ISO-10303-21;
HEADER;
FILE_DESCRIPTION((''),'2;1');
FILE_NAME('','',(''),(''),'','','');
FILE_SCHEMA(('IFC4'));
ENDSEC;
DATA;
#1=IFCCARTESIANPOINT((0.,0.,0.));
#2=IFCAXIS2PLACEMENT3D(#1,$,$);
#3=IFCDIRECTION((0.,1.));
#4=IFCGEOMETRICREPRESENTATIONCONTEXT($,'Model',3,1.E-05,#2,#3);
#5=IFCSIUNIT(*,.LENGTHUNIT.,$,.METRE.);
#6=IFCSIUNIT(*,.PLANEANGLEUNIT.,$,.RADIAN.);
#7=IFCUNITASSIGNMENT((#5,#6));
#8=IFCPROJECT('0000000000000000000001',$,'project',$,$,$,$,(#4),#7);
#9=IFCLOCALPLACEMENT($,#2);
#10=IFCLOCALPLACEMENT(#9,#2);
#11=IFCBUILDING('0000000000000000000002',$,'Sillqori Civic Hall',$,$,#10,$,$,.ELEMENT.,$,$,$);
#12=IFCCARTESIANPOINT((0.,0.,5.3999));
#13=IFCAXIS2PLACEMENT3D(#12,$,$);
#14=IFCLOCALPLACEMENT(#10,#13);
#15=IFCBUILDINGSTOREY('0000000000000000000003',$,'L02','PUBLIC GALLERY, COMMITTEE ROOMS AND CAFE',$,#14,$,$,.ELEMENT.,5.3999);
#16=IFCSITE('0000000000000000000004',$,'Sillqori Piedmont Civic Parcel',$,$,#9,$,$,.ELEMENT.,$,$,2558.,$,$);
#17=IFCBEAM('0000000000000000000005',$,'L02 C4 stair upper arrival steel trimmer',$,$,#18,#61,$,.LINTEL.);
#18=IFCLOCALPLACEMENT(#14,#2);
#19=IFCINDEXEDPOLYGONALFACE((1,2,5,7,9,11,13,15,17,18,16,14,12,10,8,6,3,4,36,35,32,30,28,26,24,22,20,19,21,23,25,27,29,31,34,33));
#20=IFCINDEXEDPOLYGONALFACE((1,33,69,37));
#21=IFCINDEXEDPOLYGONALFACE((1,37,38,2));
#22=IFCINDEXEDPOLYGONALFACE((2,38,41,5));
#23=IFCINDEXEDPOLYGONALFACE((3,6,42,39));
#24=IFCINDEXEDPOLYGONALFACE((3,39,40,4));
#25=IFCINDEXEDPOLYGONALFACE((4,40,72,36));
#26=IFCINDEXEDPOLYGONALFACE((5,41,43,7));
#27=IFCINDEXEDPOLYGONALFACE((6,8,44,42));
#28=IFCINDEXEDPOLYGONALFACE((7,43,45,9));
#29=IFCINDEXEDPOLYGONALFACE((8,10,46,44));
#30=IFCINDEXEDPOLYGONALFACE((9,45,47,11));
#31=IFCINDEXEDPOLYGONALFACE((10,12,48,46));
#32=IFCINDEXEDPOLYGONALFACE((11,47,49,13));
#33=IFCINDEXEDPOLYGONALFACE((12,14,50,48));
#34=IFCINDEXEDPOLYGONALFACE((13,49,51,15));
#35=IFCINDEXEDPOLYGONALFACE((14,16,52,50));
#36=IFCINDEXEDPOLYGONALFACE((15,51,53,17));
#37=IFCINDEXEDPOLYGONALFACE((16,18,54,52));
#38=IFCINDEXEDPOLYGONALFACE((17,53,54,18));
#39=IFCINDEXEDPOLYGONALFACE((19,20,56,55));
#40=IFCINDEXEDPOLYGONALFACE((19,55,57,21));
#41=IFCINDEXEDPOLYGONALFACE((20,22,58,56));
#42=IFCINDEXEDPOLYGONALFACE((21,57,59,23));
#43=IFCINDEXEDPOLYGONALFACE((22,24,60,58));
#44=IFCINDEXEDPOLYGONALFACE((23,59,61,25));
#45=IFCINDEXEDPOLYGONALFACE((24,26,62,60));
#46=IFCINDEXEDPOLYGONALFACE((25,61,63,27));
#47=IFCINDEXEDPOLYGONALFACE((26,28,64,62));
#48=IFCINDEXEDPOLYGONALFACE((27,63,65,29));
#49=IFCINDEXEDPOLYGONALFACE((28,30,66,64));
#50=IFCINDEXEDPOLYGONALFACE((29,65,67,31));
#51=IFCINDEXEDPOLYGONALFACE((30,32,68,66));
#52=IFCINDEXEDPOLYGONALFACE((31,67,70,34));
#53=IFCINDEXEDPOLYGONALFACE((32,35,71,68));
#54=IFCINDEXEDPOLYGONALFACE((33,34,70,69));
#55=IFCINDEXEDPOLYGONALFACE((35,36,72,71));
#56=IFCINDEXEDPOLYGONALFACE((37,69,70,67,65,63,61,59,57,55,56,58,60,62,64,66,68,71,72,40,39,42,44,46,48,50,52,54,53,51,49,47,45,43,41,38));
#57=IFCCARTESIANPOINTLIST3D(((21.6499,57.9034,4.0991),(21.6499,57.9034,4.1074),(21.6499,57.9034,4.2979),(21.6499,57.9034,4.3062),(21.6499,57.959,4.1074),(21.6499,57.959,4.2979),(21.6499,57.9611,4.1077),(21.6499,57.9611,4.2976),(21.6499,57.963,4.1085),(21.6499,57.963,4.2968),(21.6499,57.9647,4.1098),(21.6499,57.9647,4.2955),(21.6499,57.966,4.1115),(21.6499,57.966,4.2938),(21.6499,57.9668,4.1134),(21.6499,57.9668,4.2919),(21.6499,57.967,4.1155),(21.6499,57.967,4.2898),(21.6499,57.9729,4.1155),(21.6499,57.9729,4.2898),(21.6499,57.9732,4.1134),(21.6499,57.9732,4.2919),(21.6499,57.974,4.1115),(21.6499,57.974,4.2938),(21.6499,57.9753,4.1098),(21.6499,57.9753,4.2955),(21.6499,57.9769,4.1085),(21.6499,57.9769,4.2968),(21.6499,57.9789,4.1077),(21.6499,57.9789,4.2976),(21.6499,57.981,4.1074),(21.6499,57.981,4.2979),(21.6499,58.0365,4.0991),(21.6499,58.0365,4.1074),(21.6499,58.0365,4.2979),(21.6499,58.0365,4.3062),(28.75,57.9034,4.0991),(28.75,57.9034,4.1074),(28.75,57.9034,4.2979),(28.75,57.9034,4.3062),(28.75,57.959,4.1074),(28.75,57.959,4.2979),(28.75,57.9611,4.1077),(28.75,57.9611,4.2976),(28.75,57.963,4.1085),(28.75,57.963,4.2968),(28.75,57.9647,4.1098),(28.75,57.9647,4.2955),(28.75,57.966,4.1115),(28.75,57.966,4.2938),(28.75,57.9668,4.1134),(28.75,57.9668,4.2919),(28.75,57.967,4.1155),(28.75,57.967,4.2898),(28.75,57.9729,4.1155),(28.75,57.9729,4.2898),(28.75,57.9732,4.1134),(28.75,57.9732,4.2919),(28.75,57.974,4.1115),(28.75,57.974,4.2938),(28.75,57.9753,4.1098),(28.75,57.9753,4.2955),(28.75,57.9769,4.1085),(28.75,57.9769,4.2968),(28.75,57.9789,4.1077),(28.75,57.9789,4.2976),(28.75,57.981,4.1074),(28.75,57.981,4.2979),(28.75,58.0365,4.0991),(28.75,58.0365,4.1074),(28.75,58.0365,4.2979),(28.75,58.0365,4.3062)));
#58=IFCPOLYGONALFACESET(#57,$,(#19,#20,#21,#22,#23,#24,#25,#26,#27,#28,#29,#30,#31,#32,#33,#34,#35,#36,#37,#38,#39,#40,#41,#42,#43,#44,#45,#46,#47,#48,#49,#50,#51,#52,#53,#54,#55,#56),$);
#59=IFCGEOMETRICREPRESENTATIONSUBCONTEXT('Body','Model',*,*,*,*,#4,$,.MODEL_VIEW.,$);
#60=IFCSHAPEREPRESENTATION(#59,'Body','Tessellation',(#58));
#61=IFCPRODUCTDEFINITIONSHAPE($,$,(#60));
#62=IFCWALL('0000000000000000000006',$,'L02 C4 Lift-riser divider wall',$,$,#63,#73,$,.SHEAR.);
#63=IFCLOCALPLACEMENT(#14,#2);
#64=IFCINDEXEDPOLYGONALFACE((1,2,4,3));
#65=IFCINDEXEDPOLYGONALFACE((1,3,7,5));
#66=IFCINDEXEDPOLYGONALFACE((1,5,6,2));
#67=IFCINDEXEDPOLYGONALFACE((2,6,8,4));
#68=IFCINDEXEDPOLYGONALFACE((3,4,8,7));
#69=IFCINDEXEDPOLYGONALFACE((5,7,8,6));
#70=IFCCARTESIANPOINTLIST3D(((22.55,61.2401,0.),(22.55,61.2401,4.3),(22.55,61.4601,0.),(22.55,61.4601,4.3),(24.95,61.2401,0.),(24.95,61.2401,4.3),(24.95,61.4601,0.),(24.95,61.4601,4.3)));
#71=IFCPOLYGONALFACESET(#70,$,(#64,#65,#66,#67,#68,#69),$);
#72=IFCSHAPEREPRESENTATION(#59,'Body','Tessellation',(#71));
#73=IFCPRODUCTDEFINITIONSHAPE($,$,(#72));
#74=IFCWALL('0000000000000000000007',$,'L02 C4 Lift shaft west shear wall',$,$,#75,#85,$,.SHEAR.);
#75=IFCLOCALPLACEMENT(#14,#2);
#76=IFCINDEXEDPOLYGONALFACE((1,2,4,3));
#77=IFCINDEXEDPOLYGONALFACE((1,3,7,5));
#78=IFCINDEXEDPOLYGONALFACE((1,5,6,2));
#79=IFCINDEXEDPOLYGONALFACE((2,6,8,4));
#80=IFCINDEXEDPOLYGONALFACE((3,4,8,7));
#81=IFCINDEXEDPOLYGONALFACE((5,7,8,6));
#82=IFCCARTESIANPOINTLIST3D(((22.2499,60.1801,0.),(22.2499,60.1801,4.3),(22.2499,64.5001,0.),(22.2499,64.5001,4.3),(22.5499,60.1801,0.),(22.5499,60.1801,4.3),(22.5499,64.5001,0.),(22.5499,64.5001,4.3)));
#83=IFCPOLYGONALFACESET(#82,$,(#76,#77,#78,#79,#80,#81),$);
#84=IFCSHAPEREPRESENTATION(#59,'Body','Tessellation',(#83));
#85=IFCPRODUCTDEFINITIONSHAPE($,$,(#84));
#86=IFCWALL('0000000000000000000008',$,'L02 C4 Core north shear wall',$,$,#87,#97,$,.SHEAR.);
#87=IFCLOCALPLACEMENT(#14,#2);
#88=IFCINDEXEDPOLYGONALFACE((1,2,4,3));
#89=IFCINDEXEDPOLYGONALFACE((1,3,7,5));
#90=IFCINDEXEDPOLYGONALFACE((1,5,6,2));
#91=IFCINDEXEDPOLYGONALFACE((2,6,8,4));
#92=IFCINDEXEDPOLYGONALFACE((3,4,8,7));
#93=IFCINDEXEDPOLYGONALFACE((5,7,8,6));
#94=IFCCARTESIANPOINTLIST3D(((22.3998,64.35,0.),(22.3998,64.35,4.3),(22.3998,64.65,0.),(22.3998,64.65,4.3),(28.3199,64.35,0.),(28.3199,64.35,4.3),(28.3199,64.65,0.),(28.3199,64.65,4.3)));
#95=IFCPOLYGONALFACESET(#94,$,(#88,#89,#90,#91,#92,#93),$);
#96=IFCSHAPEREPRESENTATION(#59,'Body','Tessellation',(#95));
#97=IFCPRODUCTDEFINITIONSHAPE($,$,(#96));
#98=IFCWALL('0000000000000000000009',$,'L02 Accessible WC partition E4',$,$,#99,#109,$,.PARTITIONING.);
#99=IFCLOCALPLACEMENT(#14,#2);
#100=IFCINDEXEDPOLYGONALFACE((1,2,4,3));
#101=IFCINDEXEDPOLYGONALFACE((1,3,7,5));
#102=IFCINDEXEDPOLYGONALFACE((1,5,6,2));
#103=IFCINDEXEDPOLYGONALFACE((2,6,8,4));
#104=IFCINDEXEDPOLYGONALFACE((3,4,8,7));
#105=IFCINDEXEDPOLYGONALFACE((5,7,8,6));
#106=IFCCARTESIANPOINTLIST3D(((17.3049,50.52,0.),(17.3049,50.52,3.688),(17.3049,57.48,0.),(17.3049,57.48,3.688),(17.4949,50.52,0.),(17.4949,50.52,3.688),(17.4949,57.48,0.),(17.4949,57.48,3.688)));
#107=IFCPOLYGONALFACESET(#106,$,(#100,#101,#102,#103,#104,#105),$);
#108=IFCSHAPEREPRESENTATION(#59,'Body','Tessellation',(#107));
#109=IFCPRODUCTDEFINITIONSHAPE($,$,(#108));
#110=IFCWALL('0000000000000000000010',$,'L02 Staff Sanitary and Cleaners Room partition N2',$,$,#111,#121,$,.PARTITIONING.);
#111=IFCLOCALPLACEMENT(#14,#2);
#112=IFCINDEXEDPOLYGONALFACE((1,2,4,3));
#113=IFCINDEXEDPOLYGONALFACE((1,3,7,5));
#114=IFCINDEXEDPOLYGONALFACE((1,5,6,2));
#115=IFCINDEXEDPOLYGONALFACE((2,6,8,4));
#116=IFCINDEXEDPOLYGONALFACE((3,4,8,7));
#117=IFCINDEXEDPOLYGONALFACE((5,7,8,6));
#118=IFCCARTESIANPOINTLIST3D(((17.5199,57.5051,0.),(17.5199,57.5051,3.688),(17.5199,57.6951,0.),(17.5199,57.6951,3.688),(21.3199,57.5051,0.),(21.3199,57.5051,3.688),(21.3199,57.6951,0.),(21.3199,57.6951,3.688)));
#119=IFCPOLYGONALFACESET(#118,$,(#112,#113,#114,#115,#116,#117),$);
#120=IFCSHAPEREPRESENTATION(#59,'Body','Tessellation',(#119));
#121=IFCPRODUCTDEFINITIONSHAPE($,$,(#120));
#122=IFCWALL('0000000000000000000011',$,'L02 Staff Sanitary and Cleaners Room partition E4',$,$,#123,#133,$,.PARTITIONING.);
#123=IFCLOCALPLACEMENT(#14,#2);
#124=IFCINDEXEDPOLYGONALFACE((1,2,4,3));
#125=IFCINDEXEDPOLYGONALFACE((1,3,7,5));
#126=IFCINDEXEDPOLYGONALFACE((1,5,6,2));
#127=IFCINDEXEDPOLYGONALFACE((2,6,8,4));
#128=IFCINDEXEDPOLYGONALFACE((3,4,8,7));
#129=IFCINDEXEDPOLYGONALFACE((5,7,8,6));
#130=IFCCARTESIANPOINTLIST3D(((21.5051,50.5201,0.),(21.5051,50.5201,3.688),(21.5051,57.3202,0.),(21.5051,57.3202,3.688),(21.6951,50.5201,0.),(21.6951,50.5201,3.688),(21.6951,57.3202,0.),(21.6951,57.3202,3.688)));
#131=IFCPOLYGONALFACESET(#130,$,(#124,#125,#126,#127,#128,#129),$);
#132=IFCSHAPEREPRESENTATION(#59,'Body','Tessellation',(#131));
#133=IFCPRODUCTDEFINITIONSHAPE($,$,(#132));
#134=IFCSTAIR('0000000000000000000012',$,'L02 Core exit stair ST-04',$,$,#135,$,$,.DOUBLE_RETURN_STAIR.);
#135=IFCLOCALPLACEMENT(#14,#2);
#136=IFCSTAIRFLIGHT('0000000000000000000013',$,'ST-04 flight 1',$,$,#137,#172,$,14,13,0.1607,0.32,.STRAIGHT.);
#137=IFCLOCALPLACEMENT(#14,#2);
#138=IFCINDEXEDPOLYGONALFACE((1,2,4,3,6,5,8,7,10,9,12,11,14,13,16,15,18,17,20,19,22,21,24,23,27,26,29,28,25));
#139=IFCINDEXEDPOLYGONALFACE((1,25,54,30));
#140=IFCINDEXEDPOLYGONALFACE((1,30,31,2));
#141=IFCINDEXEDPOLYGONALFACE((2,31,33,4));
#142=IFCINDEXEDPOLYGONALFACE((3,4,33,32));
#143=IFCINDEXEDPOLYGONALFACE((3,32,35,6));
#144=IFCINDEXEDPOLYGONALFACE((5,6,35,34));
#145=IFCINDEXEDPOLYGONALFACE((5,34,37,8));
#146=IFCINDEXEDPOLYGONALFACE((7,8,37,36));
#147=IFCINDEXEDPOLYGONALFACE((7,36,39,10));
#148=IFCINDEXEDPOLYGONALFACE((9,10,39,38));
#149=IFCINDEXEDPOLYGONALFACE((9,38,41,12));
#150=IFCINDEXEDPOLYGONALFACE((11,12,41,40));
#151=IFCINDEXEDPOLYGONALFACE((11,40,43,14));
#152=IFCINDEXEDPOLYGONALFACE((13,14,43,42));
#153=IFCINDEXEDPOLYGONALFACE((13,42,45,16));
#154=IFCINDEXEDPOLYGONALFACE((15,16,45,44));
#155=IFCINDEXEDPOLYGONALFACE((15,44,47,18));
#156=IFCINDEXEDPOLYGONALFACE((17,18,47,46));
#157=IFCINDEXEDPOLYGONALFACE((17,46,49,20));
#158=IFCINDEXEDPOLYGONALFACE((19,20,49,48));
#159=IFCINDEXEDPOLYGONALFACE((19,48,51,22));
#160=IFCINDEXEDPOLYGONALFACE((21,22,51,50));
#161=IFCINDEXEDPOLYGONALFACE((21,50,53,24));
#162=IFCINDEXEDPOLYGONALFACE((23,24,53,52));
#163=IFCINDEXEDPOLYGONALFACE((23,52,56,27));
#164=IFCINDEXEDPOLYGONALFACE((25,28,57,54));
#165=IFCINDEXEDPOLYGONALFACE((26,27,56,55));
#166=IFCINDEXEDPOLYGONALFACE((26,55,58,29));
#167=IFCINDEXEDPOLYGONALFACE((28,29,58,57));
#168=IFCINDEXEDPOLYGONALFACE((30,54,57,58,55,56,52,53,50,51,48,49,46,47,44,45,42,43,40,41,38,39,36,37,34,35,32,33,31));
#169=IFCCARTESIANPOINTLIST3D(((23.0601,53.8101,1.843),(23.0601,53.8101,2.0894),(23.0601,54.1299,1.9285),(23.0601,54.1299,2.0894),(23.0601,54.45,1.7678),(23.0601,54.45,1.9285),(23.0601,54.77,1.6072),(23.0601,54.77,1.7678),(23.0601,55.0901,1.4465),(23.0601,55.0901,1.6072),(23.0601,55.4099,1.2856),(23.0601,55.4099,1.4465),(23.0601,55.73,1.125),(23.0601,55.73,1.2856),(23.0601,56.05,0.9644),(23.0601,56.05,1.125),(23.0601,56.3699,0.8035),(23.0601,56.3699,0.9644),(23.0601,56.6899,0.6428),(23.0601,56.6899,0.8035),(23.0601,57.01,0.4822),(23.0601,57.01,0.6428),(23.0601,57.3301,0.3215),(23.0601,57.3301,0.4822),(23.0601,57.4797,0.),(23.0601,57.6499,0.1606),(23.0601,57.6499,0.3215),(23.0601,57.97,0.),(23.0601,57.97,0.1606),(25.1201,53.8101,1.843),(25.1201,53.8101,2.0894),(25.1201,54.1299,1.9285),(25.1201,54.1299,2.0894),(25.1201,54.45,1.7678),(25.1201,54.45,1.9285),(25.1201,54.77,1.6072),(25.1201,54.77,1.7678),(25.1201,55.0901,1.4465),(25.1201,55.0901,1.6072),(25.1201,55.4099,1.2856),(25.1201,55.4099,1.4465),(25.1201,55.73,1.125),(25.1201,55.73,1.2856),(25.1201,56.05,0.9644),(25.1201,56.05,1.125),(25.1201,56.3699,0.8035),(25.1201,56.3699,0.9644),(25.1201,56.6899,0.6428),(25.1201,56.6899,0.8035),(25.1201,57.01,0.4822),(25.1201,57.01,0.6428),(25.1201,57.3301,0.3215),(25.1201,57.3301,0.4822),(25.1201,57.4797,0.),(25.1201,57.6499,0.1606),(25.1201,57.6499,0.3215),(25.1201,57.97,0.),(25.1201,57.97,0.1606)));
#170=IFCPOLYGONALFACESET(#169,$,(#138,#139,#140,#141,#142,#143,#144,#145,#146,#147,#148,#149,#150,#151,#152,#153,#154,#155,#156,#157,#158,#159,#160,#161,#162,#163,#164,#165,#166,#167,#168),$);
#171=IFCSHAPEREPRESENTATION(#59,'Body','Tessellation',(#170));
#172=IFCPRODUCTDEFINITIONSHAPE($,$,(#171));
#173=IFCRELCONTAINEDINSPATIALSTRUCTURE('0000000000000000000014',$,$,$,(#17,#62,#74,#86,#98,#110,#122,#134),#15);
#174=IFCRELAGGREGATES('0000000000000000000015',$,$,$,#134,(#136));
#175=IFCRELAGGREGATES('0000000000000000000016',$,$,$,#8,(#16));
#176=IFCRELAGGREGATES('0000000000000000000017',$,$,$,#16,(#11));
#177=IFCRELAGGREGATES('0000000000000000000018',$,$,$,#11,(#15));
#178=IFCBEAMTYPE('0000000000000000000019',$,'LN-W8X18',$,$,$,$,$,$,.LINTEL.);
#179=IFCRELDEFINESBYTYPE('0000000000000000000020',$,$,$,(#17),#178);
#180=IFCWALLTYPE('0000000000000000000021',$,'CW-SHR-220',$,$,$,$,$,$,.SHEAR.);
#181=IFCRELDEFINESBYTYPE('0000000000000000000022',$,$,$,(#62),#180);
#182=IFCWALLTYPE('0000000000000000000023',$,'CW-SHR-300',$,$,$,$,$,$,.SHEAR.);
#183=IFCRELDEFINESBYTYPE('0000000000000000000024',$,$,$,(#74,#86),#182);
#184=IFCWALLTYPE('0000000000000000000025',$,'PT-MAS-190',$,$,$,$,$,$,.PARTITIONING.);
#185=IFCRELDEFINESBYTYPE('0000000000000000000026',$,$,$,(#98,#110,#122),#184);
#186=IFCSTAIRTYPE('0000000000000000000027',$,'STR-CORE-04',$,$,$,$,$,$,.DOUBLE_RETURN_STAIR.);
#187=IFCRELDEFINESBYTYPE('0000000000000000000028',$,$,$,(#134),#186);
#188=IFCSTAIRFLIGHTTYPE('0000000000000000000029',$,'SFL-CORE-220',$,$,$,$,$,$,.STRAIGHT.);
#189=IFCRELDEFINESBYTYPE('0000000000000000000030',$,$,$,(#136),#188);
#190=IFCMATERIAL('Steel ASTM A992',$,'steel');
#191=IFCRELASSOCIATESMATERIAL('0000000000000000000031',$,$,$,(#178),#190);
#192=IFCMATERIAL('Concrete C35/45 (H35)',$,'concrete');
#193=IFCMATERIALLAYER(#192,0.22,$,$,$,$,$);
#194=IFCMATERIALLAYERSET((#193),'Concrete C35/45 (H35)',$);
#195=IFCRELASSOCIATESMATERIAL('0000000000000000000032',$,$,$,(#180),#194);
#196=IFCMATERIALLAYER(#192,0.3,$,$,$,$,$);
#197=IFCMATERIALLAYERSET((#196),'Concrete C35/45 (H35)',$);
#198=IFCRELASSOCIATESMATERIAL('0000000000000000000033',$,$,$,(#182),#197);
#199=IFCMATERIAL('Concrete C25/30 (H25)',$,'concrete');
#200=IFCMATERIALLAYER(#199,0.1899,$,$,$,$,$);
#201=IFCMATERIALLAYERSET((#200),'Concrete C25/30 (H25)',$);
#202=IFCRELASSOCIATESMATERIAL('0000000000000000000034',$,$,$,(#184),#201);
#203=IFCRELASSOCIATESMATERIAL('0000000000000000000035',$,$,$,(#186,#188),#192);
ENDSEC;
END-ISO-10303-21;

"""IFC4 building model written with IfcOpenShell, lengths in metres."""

from ifc_helpers import new_model, si_unit, direction, frame, frame_2d, origin, origin_2d, place, context, subcontext, project, spatial, polyline, rectangle, i_section, outline, extrude, material, layer, layer_set, material_profile, profile_set, type_object, element, aggregate, save


model = new_model("IFC4")

# Units and contexts
model_context = context("Model", 3, precision=1e-05, world=origin(), true_north=direction((0.0, 1.0)))
body_context = subcontext(model_context, "Body", "Model", "MODEL_VIEW")
ifc_project = project(units=[si_unit("LENGTHUNIT", "METRE"), si_unit("PLANEANGLEUNIT", "RADIAN")], contexts=[model_context])

# Site, building, storey
site_placement = place(None, origin())
site = spatial("IfcSite", under=ifc_project, at=site_placement, Name="Sillqori Piedmont Civic Parcel", CompositionType="ELEMENT", RefElevation=2558.0)
building_placement = place(site_placement, origin())
building = spatial("IfcBuilding", under=site, at=building_placement, Name="Sillqori Civic Hall", CompositionType="ELEMENT")
storey_placement = place(building_placement, frame((0.0, 0.0, 5.3999)))
storey = spatial("IfcBuildingStorey", under=building, at=storey_placement, Name="L02", Description="PUBLIC GALLERY, COMMITTEE ROOMS AND CAFE", CompositionType="ELEMENT", Elevation=5.3999)

# Shared definitions
ifc_material_1 = material(Name="Steel ASTM A992", Category="steel")

# Beam
ifc_material_profile_1 = material_profile(ifc_material_1, i_section(OverallWidth=0.1331, OverallDepth=0.207, WebThickness=0.0059, FlangeThickness=0.0083, FilletRadius=0.0081, at=origin_2d()), Name="W8X18")
ifc_profile_set_1 = profile_set([ifc_material_profile_1], Name="Steel ASTM A992")
beam_type_1 = type_object("IfcBeamType", Name="LN-W8X18", PredefinedType="LINTEL", material=ifc_profile_set_1)
beam_1_placement = place(storey_placement, frame((21.6499, 57.97, 4.2026), z_axis=(1.0, 0.0, 0.0), x_axis=(0.0, 1.0, 0.0)))
element("IfcBeam", 1, at=beam_1_placement, inside=storey, type_object=beam_type_1, Name="L02 C4 stair upper arrival steel trimmer", PredefinedType="LINTEL", context=body_context, shape_type="SweptSolid", body=[
    extrude(i_section(OverallWidth=0.1331, OverallDepth=0.207, WebThickness=0.0059, FlangeThickness=0.0083, FilletRadius=0.0081, at=origin_2d()), origin(), (0.0, 0.0, 1.0), 7.1001),
])

# Wall
ifc_material_2 = material(Name="Concrete C35/45 (H35)", Category="concrete")
ifc_layer_1 = layer(ifc_material_2, 0.22)
ifc_layer_set_1 = layer_set([ifc_layer_1], Name="Concrete C35/45 (H35)")
wall_type_1 = type_object("IfcWallType", Name="CW-SHR-220", PredefinedType="SHEAR", material=ifc_layer_set_1)
wall_1_placement = place(storey_placement, frame((22.55, 61.3501, 0.0), z_axis=(0.0, 0.0, 1.0), x_axis=(1.0, 0.0, 0.0)))
element("IfcWall", 2, at=wall_1_placement, inside=storey, type_object=wall_type_1, Name="L02 C4 Lift-riser divider wall", PredefinedType="SHEAR", context=body_context, shape_type="SweptSolid", body=[
    extrude(rectangle(XDim=2.3999, YDim=0.22, at=frame_2d((1.2, 0.0))), origin(), (0.0, 0.0, 1.0), 4.3),
])

# Walls
ifc_layer_2 = layer(ifc_material_2, 0.3)
ifc_layer_set_2 = layer_set([ifc_layer_2], Name="Concrete C35/45 (H35)")
wall_type_2 = type_object("IfcWallType", Name="CW-SHR-300", PredefinedType="SHEAR", material=ifc_layer_set_2)
wall_2_placement = place(storey_placement, frame((22.3999, 60.1799, 0.0), z_axis=(0.0, 0.0, 1.0), x_axis=(0.0, 1.0, 0.0)))
element("IfcWall", 3, at=wall_2_placement, inside=storey, type_object=wall_type_2, Name="L02 C4 Lift shaft west shear wall", PredefinedType="SHEAR", context=body_context, shape_type="SweptSolid", body=[
    extrude(rectangle(XDim=4.3201, YDim=0.3, at=frame_2d((2.1602, 0.0))), origin(), (0.0, 0.0, 1.0), 4.3),
])
wall_3_placement = place(storey_placement, frame((22.3999, 64.5, 0.0), z_axis=(0.0, 0.0, 1.0), x_axis=(1.0, 0.0, 0.0)))
element("IfcWall", 4, at=wall_3_placement, inside=storey, type_object=wall_type_2, Name="L02 C4 Core north shear wall", PredefinedType="SHEAR", context=body_context, shape_type="SweptSolid", body=[
    extrude(rectangle(XDim=5.9202, YDim=0.3, at=frame_2d((2.96, 0.0))), origin(), (0.0, 0.0, 1.0), 4.3),
])
ifc_material_3 = material(Name="Concrete C25/30 (H25)", Category="concrete")
ifc_layer_3 = layer(ifc_material_3, 0.1899)
ifc_layer_set_3 = layer_set([ifc_layer_3], Name="Concrete C25/30 (H25)")
wall_type_3 = type_object("IfcWallType", Name="PT-MAS-190", PredefinedType="PARTITIONING", material=ifc_layer_set_3)
wall_4_placement = place(storey_placement, frame((17.3999, 57.48, 0.0), z_axis=(0.0, 0.0, 1.0), x_axis=(0.0, -1.0, 0.0)))
element("IfcWall", 5, at=wall_4_placement, inside=storey, type_object=wall_type_3, Name="L02 Accessible WC partition E4", PredefinedType="PARTITIONING", context=body_context, shape_type="SweptSolid", body=[
    extrude(rectangle(XDim=6.96, YDim=0.1899, at=frame_2d((3.48, 0.0))), origin(), (0.0, 0.0, 1.0), 3.688),
])
wall_5_placement = place(storey_placement, frame((17.52, 57.6001, 0.0), z_axis=(0.0, 0.0, 1.0), x_axis=(1.0, 0.0, 0.0)))
element("IfcWall", 6, at=wall_5_placement, inside=storey, type_object=wall_type_3, Name="L02 Staff Sanitary and Cleaners Room partition N2", PredefinedType="PARTITIONING", context=body_context, shape_type="SweptSolid", body=[
    extrude(rectangle(XDim=3.8, YDim=0.1899, at=frame_2d((1.8999, 0.0))), origin(), (0.0, 0.0, 1.0), 3.688),
])
wall_6_placement = place(storey_placement, frame((21.6001, 57.3201, 0.0), z_axis=(0.0, 0.0, 1.0), x_axis=(0.0, -1.0, 0.0)))
element("IfcWall", 7, at=wall_6_placement, inside=storey, type_object=wall_type_3, Name="L02 Staff Sanitary and Cleaners Room partition E4", PredefinedType="PARTITIONING", context=body_context, shape_type="SweptSolid", body=[
    extrude(rectangle(XDim=6.8, YDim=0.1899, at=frame_2d((3.3999, 0.0))), origin(), (0.0, 0.0, 1.0), 3.688),
])

# Stair, stair flight
stair_type = type_object("IfcStairType", Name="STR-CORE-04", PredefinedType="DOUBLE_RETURN_STAIR", material=ifc_material_2)
stair_placement = place(storey_placement, origin())
stair = element("IfcStair", 8, at=stair_placement, inside=storey, type_object=stair_type, Name="L02 Core exit stair ST-04", PredefinedType="DOUBLE_RETURN_STAIR")
stair_flight_type = type_object("IfcStairFlightType", Name="SFL-CORE-220", PredefinedType="STRAIGHT", material=ifc_material_2)
stair_flight_placement = place(storey_placement, frame((24.0901, 57.97, 0.0), z_axis=(0.0, 0.0, 1.0), x_axis=(0.0, -1.0, 0.0)))
stair_flight = element("IfcStairFlight", 9, at=stair_flight_placement, type_object=stair_flight_type, Name="ST-04 flight 1", NumberOfRisers=14, NumberOfTreads=13, PredefinedType="STRAIGHT", RiserHeight=0.1607, TreadLength=0.32, context=body_context, shape_type="SweptSolid", body=[
    extrude(outline(polyline([(0.0, 0.0), (0.0, 0.1606), (0.3201, 0.1606), (0.3201, 0.3215), (0.6399, 0.3215), (0.6399, 0.4822), (0.96, 0.4822), (0.96, 0.6428), (1.28, 0.6428), (1.28, 0.8035), (1.6001, 0.8035), (1.6001, 0.9644), (1.9199, 0.9644), (1.9199, 1.125), (2.24, 1.125), (2.24, 1.2856), (2.5601, 1.2856), (2.5601, 1.4465), (2.8799, 1.4465), (2.8799, 1.6072), (3.2, 1.6072), (3.2, 1.7678), (3.52, 1.7678), (3.52, 1.9285), (3.8401, 1.9285), (3.8401, 2.0894), (4.1599, 2.0894), (4.1599, 2.25), (4.1599, 1.843), (0.4902, 0.0), (0.0, 0.0)])), frame((0.0, 1.03, 0.0), z_axis=(0.0, -1.0, 0.0), x_axis=(1.0, 0.0, 0.0)), (0.0, 0.0, 1.0), 2.0601),
])
aggregate(stair, [stair_flight])

save(model, "model.ifc")
